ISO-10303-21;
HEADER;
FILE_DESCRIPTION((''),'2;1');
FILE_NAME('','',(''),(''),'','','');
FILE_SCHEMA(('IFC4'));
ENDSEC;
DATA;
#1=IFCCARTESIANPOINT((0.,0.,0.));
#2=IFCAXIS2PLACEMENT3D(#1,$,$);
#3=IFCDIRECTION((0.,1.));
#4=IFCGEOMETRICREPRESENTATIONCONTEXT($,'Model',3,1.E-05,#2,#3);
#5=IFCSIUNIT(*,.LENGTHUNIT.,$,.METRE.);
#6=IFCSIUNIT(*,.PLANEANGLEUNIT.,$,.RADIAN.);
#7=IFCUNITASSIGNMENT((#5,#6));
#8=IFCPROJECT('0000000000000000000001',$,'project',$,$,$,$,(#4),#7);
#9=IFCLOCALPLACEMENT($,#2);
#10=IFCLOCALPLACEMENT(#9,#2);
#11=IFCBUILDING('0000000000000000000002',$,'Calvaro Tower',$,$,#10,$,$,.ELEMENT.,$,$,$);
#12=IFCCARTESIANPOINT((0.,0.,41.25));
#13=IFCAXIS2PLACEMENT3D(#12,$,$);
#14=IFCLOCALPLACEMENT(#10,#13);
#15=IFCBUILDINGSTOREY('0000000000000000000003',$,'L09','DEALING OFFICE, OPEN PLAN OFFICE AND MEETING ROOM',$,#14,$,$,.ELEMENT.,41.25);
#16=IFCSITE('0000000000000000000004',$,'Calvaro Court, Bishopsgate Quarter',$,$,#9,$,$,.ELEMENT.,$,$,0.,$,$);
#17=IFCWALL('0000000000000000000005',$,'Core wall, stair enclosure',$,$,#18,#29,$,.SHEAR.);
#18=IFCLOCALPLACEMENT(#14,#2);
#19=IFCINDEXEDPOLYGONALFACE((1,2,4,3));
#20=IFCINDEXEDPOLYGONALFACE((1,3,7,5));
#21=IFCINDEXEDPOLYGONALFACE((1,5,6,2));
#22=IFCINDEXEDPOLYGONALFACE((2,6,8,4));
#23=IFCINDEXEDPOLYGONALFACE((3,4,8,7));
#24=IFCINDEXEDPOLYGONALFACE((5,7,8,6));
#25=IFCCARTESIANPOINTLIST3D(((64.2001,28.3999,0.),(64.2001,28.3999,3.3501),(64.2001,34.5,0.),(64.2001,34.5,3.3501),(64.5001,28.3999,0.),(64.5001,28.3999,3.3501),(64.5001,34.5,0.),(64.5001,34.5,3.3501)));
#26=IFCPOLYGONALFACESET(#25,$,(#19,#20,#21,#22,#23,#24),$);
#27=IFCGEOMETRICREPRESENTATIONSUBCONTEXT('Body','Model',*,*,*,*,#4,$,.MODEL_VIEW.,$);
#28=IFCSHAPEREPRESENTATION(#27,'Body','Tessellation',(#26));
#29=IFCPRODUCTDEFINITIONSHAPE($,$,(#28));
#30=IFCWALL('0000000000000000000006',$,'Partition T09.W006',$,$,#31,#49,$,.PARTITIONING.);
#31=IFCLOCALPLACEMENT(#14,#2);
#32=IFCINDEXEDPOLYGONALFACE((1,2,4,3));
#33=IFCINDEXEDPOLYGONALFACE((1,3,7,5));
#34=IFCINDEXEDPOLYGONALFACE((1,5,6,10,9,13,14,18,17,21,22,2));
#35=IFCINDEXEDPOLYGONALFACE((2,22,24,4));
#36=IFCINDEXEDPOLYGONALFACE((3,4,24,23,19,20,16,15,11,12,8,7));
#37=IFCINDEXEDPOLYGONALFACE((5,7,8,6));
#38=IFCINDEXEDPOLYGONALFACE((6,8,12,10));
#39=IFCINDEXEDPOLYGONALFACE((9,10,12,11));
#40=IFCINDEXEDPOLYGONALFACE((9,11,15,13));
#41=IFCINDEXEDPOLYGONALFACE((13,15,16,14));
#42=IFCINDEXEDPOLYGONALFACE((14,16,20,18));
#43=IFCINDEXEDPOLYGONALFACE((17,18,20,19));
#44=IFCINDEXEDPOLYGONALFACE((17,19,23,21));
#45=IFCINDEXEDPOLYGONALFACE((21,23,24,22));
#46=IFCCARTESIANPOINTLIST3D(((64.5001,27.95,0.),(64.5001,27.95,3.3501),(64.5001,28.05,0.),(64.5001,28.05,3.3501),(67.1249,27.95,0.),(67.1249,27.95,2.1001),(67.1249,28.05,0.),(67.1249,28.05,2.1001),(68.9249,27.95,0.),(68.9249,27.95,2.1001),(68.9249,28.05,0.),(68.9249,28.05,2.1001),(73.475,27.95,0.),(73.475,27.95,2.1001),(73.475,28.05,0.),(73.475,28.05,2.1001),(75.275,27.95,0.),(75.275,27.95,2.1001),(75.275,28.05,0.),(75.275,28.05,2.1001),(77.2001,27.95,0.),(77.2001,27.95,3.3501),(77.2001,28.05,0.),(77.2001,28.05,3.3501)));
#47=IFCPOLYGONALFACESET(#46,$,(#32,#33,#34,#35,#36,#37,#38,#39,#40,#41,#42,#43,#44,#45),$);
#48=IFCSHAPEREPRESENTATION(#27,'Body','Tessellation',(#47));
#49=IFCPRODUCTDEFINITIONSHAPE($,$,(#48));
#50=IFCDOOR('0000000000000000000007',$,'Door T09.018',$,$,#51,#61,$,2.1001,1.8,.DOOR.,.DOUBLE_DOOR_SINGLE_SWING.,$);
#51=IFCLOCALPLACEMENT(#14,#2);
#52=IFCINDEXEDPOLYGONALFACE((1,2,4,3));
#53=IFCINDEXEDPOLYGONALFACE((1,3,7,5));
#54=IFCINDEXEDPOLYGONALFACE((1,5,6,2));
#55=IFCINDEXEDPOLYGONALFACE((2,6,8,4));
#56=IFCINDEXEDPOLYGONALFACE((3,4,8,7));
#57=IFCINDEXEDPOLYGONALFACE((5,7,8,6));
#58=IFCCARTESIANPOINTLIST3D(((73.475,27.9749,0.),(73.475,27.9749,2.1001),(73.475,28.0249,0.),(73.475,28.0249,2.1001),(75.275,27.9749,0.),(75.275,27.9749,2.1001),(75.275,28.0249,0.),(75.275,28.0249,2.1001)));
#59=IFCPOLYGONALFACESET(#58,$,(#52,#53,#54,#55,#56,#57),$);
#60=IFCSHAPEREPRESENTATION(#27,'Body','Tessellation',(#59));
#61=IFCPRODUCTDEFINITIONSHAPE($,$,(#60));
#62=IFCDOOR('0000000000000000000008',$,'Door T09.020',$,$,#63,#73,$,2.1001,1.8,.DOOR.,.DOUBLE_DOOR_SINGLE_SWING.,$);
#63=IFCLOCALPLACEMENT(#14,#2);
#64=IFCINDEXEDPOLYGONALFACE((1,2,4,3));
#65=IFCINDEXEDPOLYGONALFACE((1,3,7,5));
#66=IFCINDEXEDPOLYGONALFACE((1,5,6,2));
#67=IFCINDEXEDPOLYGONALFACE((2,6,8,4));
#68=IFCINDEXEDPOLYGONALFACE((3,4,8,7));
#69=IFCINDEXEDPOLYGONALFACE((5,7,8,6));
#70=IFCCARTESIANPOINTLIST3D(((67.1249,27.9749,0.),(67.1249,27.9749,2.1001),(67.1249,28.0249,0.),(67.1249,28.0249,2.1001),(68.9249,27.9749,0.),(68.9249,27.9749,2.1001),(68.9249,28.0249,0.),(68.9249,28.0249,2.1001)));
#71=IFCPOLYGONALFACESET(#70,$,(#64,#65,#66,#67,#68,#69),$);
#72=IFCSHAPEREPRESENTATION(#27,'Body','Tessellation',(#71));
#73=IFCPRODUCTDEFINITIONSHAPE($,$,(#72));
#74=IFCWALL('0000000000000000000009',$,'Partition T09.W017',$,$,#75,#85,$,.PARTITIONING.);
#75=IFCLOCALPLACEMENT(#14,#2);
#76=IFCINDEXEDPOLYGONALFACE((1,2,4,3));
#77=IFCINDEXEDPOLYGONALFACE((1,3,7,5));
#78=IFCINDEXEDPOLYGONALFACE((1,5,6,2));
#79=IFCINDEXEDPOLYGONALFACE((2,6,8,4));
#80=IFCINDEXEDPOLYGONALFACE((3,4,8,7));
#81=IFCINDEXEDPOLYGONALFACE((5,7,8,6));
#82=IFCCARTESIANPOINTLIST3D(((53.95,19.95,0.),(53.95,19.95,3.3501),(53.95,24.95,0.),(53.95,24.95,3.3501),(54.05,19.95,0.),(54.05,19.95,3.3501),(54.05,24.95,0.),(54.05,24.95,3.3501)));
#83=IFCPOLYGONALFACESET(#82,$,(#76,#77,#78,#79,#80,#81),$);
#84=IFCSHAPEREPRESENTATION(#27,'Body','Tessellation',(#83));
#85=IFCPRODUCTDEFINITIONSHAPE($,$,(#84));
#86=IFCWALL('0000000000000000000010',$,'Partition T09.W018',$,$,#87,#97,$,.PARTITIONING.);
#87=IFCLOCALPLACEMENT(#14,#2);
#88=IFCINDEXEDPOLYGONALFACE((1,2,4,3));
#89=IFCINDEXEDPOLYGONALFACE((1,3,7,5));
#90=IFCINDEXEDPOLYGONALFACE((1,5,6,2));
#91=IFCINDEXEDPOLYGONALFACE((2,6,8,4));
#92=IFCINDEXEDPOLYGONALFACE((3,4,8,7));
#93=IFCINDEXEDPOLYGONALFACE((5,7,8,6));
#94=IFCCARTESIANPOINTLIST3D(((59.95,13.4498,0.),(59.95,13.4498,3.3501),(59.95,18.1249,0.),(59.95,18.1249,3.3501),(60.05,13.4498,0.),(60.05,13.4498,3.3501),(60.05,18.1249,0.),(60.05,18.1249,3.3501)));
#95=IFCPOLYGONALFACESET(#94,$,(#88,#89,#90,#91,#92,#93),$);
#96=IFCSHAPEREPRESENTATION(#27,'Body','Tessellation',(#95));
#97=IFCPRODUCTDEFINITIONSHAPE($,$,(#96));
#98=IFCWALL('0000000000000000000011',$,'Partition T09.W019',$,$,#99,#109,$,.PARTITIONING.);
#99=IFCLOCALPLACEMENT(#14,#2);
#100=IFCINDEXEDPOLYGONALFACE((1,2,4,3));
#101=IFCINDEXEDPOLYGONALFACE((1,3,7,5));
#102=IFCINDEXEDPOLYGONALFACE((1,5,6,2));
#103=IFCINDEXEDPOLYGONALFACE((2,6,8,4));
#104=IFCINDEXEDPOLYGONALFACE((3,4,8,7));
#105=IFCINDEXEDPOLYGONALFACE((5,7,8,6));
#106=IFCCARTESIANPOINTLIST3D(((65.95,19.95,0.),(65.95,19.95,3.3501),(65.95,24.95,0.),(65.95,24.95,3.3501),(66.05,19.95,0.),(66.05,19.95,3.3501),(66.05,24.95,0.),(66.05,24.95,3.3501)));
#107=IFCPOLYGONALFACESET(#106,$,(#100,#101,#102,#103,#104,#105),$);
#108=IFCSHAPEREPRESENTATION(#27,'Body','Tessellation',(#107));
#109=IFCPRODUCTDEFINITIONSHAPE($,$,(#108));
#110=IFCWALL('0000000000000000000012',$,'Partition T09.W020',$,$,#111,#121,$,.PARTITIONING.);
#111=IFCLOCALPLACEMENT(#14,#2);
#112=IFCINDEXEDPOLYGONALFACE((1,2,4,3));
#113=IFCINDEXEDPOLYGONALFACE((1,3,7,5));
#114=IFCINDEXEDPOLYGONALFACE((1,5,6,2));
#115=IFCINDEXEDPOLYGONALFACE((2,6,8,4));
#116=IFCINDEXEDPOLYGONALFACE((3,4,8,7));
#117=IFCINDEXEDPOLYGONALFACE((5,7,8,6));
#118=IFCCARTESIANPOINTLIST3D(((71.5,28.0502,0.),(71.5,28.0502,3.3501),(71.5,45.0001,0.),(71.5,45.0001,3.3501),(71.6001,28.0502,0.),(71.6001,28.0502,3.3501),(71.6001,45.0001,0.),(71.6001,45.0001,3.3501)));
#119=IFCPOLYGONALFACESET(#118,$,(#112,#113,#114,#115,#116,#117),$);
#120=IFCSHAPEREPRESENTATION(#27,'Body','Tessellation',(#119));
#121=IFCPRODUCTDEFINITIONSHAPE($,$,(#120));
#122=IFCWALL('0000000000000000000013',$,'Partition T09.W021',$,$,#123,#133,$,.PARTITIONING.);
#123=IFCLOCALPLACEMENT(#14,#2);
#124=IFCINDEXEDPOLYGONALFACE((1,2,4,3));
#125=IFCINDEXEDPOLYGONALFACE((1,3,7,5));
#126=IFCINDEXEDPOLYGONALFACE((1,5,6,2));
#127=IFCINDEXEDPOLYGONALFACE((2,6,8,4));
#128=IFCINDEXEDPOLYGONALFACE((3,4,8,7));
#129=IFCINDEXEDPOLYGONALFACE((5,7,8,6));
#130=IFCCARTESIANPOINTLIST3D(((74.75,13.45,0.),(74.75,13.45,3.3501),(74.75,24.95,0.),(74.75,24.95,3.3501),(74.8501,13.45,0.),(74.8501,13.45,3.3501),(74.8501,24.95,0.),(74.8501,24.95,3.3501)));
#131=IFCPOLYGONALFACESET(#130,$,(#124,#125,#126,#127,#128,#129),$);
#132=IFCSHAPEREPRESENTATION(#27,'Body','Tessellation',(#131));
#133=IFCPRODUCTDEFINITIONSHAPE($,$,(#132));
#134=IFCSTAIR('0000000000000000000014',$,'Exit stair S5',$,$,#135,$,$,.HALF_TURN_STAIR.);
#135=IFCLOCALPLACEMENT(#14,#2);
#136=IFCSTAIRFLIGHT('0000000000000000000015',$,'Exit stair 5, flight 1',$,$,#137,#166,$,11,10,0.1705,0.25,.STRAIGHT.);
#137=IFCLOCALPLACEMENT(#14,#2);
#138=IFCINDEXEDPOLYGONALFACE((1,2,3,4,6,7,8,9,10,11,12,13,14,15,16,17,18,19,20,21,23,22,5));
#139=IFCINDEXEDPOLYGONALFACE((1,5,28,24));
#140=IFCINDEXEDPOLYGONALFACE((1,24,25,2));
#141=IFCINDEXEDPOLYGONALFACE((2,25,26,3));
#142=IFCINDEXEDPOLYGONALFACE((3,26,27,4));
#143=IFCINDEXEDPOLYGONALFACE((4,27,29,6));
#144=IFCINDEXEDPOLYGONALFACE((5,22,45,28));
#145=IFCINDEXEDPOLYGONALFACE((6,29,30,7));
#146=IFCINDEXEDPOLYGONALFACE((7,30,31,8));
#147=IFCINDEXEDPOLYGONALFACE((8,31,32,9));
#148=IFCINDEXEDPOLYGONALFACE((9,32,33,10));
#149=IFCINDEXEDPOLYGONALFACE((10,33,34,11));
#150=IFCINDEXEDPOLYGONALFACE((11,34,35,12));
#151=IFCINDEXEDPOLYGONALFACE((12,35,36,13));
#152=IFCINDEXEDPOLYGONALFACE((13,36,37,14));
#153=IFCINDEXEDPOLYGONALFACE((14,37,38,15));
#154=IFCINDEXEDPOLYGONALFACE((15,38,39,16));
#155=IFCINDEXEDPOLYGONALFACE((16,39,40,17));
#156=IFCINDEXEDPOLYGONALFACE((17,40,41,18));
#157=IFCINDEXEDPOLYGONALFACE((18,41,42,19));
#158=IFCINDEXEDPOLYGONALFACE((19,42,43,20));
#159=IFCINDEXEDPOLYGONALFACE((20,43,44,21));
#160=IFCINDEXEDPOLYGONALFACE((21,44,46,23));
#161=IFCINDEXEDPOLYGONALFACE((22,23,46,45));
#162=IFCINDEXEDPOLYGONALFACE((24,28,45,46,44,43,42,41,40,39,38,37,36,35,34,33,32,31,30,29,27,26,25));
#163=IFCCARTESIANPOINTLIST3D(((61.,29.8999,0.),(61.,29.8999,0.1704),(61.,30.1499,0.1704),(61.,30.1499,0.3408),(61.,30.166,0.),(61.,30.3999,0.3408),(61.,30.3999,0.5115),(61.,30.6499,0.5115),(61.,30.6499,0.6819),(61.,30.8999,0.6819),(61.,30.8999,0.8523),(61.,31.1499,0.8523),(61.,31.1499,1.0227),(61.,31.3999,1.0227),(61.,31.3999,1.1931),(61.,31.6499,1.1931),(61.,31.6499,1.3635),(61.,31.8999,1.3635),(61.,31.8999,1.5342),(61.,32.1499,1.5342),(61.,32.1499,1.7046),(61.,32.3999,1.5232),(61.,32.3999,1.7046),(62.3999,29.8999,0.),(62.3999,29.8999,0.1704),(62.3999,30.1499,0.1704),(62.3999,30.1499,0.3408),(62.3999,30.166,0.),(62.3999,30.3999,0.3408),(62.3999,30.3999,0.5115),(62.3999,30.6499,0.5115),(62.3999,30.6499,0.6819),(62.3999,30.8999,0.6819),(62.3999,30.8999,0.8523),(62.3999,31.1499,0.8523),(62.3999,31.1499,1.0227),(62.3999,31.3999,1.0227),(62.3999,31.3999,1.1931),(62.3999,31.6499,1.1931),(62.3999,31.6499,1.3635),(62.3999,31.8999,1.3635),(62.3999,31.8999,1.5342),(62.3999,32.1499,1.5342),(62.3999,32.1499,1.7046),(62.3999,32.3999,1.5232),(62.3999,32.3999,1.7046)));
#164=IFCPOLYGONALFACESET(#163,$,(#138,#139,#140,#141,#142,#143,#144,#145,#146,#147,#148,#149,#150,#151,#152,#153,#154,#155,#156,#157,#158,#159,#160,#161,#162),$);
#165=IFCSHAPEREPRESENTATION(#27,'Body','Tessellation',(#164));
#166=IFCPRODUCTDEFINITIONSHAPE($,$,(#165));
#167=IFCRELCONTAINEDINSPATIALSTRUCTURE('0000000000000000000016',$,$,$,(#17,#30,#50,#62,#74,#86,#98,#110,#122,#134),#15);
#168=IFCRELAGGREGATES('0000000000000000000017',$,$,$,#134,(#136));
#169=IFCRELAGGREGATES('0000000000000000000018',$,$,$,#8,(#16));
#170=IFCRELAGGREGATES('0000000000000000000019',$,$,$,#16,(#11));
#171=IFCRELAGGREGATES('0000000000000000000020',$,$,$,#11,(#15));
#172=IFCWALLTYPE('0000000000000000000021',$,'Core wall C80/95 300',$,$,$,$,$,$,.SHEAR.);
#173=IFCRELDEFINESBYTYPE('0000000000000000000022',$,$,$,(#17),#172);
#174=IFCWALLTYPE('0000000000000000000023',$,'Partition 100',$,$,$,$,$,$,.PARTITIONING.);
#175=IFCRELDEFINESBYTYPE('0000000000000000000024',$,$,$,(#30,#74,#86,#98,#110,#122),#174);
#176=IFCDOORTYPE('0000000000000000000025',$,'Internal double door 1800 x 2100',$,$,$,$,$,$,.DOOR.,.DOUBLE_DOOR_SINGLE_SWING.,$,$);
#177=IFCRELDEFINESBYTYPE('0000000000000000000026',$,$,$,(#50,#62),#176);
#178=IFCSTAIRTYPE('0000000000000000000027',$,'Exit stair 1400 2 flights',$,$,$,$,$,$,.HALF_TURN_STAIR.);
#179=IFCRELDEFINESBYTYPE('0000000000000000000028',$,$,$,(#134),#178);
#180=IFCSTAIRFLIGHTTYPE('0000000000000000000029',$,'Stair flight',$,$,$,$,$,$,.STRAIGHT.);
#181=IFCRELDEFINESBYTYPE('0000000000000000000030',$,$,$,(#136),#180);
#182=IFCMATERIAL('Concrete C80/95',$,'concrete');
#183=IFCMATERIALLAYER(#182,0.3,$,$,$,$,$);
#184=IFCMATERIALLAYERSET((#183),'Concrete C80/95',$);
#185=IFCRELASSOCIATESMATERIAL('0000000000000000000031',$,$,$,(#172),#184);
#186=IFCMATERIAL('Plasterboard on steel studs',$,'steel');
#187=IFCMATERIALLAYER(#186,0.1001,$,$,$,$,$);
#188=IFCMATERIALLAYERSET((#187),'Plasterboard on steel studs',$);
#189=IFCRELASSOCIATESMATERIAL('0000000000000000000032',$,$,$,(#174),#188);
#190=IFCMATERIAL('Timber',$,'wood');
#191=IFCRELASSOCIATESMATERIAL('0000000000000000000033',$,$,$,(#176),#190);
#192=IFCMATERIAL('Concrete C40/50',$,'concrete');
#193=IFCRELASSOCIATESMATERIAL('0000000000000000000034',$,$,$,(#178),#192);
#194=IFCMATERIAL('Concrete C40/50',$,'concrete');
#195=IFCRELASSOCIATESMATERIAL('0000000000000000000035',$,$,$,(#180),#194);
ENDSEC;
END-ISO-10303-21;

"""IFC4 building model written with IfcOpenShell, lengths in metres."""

from ifc_helpers import new_model, si_unit, direction, frame, frame_2d, origin, place, context, subcontext, project, spatial, polyline, rectangle, outline, extrude, material, layer, layer_set, type_object, element, fill, aggregate, save


model = new_model("IFC4")

# Units and contexts
model_context = context("Model", 3, precision=1e-05, world=origin(), true_north=direction((0.0, 1.0)))
body_context = subcontext(model_context, "Body", "Model", "MODEL_VIEW")
ifc_project = project(units=[si_unit("LENGTHUNIT", "METRE"), si_unit("PLANEANGLEUNIT", "RADIAN")], contexts=[model_context])

# Site, building, storey
site_placement = place(None, origin())
site = spatial("IfcSite", under=ifc_project, at=site_placement, Name="Calvaro Court, Bishopsgate Quarter", CompositionType="ELEMENT", RefElevation=0.0)
building_placement = place(site_placement, origin())
building = spatial("IfcBuilding", under=site, at=building_placement, Name="Calvaro Tower", CompositionType="ELEMENT")
storey_placement = place(building_placement, frame((0.0, 0.0, 41.25)))
storey = spatial("IfcBuildingStorey", under=building, at=storey_placement, Name="L09", Description="DEALING OFFICE, OPEN PLAN OFFICE AND MEETING ROOM", CompositionType="ELEMENT", Elevation=41.25)

# Wall
ifc_material_1 = material(Name="Concrete C80/95", Category="concrete")
ifc_layer_1 = layer(ifc_material_1, 0.3)
ifc_layer_set_1 = layer_set([ifc_layer_1], Name="Concrete C80/95")
wall_type_1 = type_object("IfcWallType", Name="Core wall C80/95 300", PredefinedType="SHEAR", material=ifc_layer_set_1)
for number, where, z_axis, x_axis, name in (
    (1, (64.3501, 28.3999, 0.0), (0.0, 0.0, 1.0), (0.0, 1.0, 0.0), "Core wall, stair enclosure"),
):
    element("IfcWall", number, at=place(storey_placement, frame(where, z_axis=z_axis, x_axis=x_axis)), inside=storey, type_object=wall_type_1, Name=name, PredefinedType="SHEAR", context=body_context, shape_type="SweptSolid", body=[
        extrude(rectangle(XDim=6.1001, YDim=0.3, at=frame_2d((3.05, 0.0))), origin(), (0.0, 0.0, 1.0), 3.3501),
    ])

# Wall, openings, doors
ifc_material_2 = material(Name="Plasterboard on steel studs", Category="steel")
ifc_layer_2 = layer(ifc_material_2, 0.1001)
ifc_layer_set_2 = layer_set([ifc_layer_2], Name="Plasterboard on steel studs")
wall_type_2 = type_object("IfcWallType", Name="Partition 100", PredefinedType="PARTITIONING", material=ifc_layer_set_2)
wall_1_placement = place(storey_placement, frame((64.5, 28.0, 0.0), z_axis=(0.0, 0.0, 1.0), x_axis=(1.0, 0.0, 0.0)))
wall_1 = element("IfcWall", 2, at=wall_1_placement, inside=storey, type_object=wall_type_2, Name="Partition T09.W006", PredefinedType="PARTITIONING", context=body_context, shape_type="SweptSolid", body=[
    extrude(rectangle(XDim=12.7, YDim=0.1001, at=frame_2d((6.3501, 0.0))), origin(), (0.0, 0.0, 1.0), 3.3501),
])
opening_1_placement = place(wall_1_placement, frame((8.9751, 0.0, 0.0)))
opening_1 = element("IfcOpeningElement", 3, at=opening_1_placement, cuts=wall_1, PredefinedType="OPENING", context=body_context, shape_type="SweptSolid", body=[
    extrude(rectangle(XDim=1.8, YDim=2.1001, at=frame_2d((0.8999, 1.05))), frame((0.0, 0.0601, 0.0), z_axis=(0.0, -1.0, 0.0), x_axis=(1.0, 0.0, 0.0)), (0.0, 0.0, 1.0), 0.1201),
])
opening_2_placement = place(wall_1_placement, frame((2.625, 0.0, 0.0)))
opening_2 = element("IfcOpeningElement", 4, at=opening_2_placement, cuts=wall_1, PredefinedType="OPENING", context=body_context, shape_type="SweptSolid", body=[
    extrude(rectangle(XDim=1.8, YDim=2.1001, at=frame_2d((0.8999, 1.05))), frame((0.0, 0.0601, 0.0), z_axis=(0.0, -1.0, 0.0), x_axis=(1.0, 0.0, 0.0)), (0.0, 0.0, 1.0), 0.1201),
])
ifc_material_3 = material(Name="Timber", Category="wood")
door_type_1 = type_object("IfcDoorType", Name="Internal double door 1800 x 2100", OperationType="DOUBLE_DOOR_SINGLE_SWING", PredefinedType="DOOR", material=ifc_material_3)
door_1_placement = place(opening_1_placement, origin())
door_1 = element("IfcDoor", 5, at=door_1_placement, inside=storey, type_object=door_type_1, Name="Door T09.018", OperationType="DOUBLE_DOOR_SINGLE_SWING", OverallHeight=2.1001, OverallWidth=1.8, PredefinedType="DOOR", context=body_context, shape_type="SweptSolid", body=[
    extrude(rectangle(XDim=1.8, YDim=2.1001, at=frame_2d((0.8999, 1.05))), frame((0.0, 0.0249, 0.0), z_axis=(0.0, -1.0, 0.0), x_axis=(1.0, 0.0, 0.0)), (0.0, 0.0, 1.0), 0.05),
])
fill(opening_1, door_1)
door_2_placement = place(opening_2_placement, origin())
door_2 = element("IfcDoor", 6, at=door_2_placement, inside=storey, type_object=door_type_1, Name="Door T09.020", OperationType="DOUBLE_DOOR_SINGLE_SWING", OverallHeight=2.1001, OverallWidth=1.8, PredefinedType="DOOR", context=body_context, shape_type="SweptSolid", body=[
    extrude(rectangle(XDim=1.8, YDim=2.1001, at=frame_2d((0.8999, 1.05))), frame((0.0, 0.0249, 0.0), z_axis=(0.0, -1.0, 0.0), x_axis=(1.0, 0.0, 0.0)), (0.0, 0.0, 1.0), 0.05),
])
fill(opening_2, door_2)

# Walls
wall_2_placement = place(storey_placement, frame((54.0, 19.95, 0.0), z_axis=(0.0, 0.0, 1.0), x_axis=(0.0, 1.0, 0.0)))
element("IfcWall", 7, at=wall_2_placement, inside=storey, type_object=wall_type_2, Name="Partition T09.W017", PredefinedType="PARTITIONING", context=body_context, shape_type="SweptSolid", body=[
    extrude(rectangle(XDim=5.0, YDim=0.1001, at=frame_2d((2.5, 0.0))), origin(), (0.0, 0.0, 1.0), 3.3501),
])
wall_3_placement = place(storey_placement, frame((60.0, 13.45, 0.0), z_axis=(0.0, 0.0, 1.0), x_axis=(0.0, 1.0, 0.0)))
element("IfcWall", 8, at=wall_3_placement, inside=storey, type_object=wall_type_2, Name="Partition T09.W018", PredefinedType="PARTITIONING", context=body_context, shape_type="SweptSolid", body=[
    extrude(rectangle(XDim=4.675, YDim=0.1001, at=frame_2d((2.3374, 0.0))), origin(), (0.0, 0.0, 1.0), 3.3501),
])
wall_4_placement = place(storey_placement, frame((66.0, 19.95, 0.0), z_axis=(0.0, 0.0, 1.0), x_axis=(0.0, 1.0, 0.0)))
element("IfcWall", 9, at=wall_4_placement, inside=storey, type_object=wall_type_2, Name="Partition T09.W019", PredefinedType="PARTITIONING", context=body_context, shape_type="SweptSolid", body=[
    extrude(rectangle(XDim=5.0, YDim=0.1001, at=frame_2d((2.5, 0.0))), origin(), (0.0, 0.0, 1.0), 3.3501),
])
wall_5_placement = place(storey_placement, frame((71.55, 28.05, 0.0), z_axis=(0.0, 0.0, 1.0), x_axis=(0.0, 1.0, 0.0)))
element("IfcWall", 10, at=wall_5_placement, inside=storey, type_object=wall_type_2, Name="Partition T09.W020", PredefinedType="PARTITIONING", context=body_context, shape_type="SweptSolid", body=[
    extrude(rectangle(XDim=16.95, YDim=0.1001, at=frame_2d((8.4751, 0.0))), origin(), (0.0, 0.0, 1.0), 3.3501),
])
wall_6_placement = place(storey_placement, frame((74.8, 13.45, 0.0), z_axis=(0.0, 0.0, 1.0), x_axis=(0.0, 1.0, 0.0)))
element("IfcWall", 11, at=wall_6_placement, inside=storey, type_object=wall_type_2, Name="Partition T09.W021", PredefinedType="PARTITIONING", context=body_context, shape_type="SweptSolid", body=[
    extrude(rectangle(XDim=11.5, YDim=0.1001, at=frame_2d((5.75, 0.0))), origin(), (0.0, 0.0, 1.0), 3.3501),
])

# Stair, stair flight
ifc_material_4 = material(Name="Concrete C40/50", Category="concrete")
stair_type = type_object("IfcStairType", Name="Exit stair 1400 2 flights", PredefinedType="HALF_TURN_STAIR", material=ifc_material_4)
stair_placement = place(storey_placement, origin())
stair = element("IfcStair", 12, at=stair_placement, inside=storey, type_object=stair_type, Name="Exit stair S5", PredefinedType="HALF_TURN_STAIR")
ifc_material_5 = material(Name="Concrete C40/50", Category="concrete")
stair_flight_type = type_object("IfcStairFlightType", Name="Stair flight", PredefinedType="STRAIGHT", material=ifc_material_5)
stair_flight_placement = place(storey_placement, frame((61.7, 29.8999, 0.0), z_axis=(0.0, 0.0, 1.0), x_axis=(0.0, 1.0, 0.0)))
stair_flight = element("IfcStairFlight", 13, at=stair_flight_placement, type_object=stair_flight_type, Name="Exit stair 5, flight 1", NumberOfRisers=11, NumberOfTreads=10, PredefinedType="STRAIGHT", RiserHeight=0.1705, TreadLength=0.25, context=body_context, shape_type="SweptSolid", body=[
    extrude(outline(polyline([(0.0, 0.0), (0.0, 0.1704), (0.25, 0.1704), (0.25, 0.3408), (0.5, 0.3408), (0.5, 0.5115), (0.75, 0.5115), (0.75, 0.6819), (1.0, 0.6819), (1.0, 0.8523), (1.25, 0.8523), (1.25, 1.0227), (1.5, 1.0227), (1.5, 1.1931), (1.75, 1.1931), (1.75, 1.3635), (2.0, 1.3635), (2.0, 1.5342), (2.25, 1.5342), (2.25, 1.7046), (2.5, 1.7046), (2.5, 1.875), (2.5, 1.5232), (0.2661, 0.0), (0.0, 0.0)])), frame((0.0, 0.7, 0.0), z_axis=(0.0, -1.0, 0.0), x_axis=(1.0, 0.0, 0.0)), (0.0, 0.0, 1.0), 1.3999),
])
aggregate(stair, [stair_flight])

save(model, "model.ifc")
